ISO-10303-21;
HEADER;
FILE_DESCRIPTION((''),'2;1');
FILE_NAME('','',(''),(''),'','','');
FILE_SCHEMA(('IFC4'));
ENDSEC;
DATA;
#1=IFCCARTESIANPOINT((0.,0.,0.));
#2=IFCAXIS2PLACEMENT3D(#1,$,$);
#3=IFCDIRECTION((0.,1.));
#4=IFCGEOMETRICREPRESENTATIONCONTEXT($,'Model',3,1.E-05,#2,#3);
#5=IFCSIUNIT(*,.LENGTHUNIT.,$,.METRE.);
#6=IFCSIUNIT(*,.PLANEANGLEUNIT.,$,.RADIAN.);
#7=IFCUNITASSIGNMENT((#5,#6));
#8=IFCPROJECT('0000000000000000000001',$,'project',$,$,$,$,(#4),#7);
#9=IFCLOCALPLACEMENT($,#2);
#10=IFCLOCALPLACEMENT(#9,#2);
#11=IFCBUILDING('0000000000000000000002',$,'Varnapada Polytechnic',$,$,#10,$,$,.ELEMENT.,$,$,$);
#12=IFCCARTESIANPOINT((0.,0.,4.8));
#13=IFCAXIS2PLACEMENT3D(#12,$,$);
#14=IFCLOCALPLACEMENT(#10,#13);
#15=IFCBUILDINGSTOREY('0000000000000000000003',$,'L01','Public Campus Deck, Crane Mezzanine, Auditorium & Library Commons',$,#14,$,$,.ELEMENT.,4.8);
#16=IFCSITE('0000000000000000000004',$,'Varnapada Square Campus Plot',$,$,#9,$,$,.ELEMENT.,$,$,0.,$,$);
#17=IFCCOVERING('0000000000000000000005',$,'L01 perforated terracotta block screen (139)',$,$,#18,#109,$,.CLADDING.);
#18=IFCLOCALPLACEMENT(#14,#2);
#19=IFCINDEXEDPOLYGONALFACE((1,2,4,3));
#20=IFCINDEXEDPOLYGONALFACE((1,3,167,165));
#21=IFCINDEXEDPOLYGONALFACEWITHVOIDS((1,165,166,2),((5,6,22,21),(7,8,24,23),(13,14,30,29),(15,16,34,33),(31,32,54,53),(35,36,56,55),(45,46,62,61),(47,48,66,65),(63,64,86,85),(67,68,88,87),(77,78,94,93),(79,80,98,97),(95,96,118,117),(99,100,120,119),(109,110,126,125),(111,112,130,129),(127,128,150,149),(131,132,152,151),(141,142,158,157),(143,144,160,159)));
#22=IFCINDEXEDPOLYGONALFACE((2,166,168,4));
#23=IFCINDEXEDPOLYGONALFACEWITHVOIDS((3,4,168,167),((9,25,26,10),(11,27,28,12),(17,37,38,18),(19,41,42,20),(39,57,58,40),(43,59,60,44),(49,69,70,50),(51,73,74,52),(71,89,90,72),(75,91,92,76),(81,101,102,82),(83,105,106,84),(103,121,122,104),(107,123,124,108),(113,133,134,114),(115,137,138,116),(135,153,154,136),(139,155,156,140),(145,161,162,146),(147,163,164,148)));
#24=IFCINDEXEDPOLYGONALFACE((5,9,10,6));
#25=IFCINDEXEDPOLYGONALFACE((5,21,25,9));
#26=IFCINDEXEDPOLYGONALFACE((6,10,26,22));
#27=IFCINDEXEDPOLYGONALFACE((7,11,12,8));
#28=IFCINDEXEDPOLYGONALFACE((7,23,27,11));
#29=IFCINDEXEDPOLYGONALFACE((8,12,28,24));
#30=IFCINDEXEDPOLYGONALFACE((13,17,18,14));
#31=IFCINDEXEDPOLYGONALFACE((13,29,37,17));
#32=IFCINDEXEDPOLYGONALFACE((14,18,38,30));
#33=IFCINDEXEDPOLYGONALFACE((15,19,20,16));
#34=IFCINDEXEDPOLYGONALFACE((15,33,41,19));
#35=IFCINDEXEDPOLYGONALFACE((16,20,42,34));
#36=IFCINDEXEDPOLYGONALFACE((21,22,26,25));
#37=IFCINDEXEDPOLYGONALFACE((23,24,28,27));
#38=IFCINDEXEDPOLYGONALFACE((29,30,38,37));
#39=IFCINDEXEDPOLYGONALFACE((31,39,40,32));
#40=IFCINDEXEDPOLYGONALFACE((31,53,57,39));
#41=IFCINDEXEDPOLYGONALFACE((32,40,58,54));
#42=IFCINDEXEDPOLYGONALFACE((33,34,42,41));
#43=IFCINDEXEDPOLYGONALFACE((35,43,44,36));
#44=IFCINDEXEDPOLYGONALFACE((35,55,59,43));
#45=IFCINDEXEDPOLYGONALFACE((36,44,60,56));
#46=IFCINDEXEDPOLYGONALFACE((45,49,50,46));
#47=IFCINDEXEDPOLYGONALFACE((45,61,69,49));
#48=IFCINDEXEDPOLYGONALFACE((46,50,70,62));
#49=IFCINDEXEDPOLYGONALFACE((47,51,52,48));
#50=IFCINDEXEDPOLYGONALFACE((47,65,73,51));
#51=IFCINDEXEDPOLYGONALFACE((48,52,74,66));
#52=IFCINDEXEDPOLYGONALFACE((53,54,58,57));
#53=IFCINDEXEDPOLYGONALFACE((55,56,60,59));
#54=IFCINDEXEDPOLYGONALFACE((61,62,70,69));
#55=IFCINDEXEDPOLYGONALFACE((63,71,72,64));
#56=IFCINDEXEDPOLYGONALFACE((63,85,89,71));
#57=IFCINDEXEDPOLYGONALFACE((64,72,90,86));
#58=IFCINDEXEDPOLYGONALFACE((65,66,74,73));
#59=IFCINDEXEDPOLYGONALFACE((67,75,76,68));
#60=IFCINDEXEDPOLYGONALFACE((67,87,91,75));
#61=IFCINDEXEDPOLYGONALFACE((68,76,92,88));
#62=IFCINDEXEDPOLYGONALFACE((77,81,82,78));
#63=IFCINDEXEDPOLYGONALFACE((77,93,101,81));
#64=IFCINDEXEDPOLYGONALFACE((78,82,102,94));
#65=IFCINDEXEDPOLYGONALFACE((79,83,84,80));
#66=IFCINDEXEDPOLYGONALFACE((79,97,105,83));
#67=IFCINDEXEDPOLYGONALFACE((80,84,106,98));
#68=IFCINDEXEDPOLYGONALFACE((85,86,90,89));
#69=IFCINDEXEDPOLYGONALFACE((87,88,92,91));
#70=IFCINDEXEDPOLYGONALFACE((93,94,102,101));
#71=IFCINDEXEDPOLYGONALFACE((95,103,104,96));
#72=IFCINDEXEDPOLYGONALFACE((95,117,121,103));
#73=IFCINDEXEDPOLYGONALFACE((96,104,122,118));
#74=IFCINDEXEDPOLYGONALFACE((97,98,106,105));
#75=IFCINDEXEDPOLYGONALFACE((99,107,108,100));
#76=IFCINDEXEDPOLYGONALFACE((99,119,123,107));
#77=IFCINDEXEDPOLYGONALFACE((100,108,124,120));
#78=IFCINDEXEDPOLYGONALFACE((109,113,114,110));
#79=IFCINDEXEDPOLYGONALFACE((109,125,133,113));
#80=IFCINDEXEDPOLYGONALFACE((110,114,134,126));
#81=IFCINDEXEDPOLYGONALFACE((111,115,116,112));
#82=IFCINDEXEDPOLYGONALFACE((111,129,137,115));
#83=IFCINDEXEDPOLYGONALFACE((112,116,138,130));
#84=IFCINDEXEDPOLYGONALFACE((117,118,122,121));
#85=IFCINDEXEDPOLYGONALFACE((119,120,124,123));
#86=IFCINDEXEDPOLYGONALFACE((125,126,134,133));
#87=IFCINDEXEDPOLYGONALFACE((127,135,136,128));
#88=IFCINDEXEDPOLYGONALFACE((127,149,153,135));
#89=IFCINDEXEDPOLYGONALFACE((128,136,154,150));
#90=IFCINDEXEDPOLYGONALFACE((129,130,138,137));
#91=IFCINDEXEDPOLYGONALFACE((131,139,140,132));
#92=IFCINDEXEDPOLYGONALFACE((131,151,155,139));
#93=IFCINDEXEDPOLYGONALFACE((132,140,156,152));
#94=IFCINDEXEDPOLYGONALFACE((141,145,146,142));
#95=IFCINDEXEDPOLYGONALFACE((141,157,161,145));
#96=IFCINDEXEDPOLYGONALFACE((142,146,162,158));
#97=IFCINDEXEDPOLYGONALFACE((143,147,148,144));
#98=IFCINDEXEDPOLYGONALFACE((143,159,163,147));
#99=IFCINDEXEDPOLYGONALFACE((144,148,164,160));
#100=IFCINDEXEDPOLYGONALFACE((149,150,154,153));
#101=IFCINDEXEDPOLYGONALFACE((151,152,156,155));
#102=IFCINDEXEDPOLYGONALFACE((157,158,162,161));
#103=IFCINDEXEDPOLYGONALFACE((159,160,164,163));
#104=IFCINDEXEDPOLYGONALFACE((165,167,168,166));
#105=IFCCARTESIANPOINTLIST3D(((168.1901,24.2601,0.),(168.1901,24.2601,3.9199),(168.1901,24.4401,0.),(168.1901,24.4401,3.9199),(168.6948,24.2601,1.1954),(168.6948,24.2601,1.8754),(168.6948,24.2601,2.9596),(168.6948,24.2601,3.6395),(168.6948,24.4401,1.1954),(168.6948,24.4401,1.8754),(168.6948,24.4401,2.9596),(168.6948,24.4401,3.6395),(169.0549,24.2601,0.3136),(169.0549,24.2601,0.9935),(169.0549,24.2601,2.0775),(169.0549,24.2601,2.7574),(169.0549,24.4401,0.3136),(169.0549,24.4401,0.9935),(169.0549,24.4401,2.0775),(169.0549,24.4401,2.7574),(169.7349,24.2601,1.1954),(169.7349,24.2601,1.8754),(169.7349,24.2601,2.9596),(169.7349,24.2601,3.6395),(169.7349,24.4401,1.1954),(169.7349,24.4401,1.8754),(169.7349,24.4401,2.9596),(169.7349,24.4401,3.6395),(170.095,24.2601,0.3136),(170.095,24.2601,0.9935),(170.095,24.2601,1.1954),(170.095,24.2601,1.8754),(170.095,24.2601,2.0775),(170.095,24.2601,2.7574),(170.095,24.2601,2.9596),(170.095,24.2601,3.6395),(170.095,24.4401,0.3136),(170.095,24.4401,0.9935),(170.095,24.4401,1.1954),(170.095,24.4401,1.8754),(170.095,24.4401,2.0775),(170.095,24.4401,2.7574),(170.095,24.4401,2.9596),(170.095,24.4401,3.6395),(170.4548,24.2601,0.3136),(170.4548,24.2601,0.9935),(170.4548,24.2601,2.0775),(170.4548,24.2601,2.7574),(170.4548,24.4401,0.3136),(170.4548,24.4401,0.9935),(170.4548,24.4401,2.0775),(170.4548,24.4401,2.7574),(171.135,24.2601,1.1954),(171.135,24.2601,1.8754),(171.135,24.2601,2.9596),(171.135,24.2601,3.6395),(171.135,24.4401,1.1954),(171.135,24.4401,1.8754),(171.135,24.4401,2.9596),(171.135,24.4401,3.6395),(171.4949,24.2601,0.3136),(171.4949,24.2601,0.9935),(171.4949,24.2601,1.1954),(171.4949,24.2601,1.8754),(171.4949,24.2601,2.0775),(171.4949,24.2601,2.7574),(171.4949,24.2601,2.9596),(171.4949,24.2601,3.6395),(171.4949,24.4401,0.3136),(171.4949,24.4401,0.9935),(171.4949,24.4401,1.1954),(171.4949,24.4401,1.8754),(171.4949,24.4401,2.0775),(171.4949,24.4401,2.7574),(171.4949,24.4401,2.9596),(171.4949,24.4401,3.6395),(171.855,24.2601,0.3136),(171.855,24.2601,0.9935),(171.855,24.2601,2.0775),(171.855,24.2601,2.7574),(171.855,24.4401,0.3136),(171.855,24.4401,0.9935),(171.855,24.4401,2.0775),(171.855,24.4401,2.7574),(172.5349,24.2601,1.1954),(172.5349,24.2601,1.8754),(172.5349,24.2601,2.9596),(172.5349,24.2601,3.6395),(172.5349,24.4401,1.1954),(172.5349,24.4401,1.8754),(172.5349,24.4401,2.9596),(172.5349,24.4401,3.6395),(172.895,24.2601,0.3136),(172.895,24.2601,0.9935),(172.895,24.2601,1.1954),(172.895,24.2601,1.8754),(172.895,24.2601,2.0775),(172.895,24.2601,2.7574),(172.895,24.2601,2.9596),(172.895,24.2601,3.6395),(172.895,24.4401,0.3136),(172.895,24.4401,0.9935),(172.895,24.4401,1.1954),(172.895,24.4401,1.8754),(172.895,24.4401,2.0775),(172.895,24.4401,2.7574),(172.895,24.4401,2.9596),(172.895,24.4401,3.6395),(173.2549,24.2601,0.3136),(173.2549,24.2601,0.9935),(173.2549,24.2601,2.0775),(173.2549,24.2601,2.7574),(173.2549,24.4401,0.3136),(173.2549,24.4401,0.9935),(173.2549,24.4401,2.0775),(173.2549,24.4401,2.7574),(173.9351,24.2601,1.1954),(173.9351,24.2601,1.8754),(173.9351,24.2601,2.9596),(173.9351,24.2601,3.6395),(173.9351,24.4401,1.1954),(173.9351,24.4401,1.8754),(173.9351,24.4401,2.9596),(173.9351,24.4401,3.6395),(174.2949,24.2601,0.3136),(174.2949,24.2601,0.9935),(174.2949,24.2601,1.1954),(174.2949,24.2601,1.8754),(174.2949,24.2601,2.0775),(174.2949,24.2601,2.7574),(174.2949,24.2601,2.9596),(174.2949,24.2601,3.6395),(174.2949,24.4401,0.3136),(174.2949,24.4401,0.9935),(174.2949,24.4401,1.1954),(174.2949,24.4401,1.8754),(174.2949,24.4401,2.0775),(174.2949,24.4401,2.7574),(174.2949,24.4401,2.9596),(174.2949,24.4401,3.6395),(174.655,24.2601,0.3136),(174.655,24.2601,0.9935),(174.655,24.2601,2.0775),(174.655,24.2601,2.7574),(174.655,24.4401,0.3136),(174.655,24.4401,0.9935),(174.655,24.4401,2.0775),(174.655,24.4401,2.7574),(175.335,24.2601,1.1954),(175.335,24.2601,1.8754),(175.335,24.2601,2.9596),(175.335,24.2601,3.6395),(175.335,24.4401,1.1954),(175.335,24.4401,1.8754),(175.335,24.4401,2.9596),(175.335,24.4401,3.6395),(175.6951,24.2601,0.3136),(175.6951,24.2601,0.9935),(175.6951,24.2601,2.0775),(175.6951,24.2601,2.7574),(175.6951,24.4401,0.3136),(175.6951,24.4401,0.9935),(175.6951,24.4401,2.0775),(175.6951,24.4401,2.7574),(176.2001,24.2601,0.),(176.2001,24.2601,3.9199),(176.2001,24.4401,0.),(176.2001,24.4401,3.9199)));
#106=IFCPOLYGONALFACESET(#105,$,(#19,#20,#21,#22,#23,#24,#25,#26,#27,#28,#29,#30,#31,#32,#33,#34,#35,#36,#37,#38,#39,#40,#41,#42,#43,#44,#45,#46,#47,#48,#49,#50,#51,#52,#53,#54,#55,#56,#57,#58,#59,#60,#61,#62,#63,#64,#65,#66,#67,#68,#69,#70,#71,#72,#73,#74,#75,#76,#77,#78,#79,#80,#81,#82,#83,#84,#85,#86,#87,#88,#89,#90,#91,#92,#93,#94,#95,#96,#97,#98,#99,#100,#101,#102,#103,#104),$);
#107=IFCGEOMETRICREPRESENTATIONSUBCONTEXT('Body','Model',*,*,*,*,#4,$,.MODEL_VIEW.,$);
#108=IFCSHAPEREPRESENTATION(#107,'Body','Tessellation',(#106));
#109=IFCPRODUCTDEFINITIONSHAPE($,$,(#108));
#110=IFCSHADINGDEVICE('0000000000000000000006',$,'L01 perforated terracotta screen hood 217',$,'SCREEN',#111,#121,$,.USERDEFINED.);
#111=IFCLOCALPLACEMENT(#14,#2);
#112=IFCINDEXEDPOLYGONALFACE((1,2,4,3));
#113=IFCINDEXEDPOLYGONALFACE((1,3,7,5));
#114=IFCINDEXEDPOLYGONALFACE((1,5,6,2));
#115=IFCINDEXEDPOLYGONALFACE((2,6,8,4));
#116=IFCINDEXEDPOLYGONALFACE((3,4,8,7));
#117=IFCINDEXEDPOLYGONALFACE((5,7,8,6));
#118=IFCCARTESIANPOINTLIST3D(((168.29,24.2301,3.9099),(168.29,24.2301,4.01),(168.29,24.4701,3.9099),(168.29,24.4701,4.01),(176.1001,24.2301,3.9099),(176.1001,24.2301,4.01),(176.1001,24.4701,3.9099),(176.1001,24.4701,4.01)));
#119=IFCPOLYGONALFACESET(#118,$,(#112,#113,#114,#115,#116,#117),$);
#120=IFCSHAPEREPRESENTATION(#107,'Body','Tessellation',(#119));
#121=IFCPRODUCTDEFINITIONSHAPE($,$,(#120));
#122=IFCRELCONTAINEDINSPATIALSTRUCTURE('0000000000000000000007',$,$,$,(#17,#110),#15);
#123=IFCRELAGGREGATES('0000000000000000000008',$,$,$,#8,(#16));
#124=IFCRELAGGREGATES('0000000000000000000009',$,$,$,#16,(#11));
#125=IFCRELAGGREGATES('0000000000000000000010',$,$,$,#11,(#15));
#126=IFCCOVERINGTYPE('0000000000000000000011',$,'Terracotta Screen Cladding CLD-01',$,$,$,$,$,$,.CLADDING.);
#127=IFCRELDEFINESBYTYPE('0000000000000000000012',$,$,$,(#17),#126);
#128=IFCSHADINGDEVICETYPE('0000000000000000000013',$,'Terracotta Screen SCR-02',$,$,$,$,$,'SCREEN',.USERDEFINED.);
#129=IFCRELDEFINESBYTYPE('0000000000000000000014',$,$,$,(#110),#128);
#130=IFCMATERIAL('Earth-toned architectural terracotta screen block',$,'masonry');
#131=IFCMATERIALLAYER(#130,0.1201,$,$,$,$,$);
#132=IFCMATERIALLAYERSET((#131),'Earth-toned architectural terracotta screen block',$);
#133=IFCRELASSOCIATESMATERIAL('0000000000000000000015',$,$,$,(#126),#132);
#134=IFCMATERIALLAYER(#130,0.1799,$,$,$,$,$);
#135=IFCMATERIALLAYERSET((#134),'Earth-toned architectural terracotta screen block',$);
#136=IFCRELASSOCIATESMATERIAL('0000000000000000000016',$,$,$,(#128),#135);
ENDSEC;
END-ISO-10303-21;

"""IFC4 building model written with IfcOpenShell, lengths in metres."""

from ifc_helpers import new_model, si_unit, direction, frame, frame_2d, origin, origin_2d, place, context, subcontext, project, spatial, rectangle, extrude, material, layer, layer_set, type_object, element, save


model = new_model("IFC4")

# Units and contexts
model_context = context("Model", 3, precision=1e-05, world=origin(), true_north=direction((0.0, 1.0)))
body_context = subcontext(model_context, "Body", "Model", "MODEL_VIEW")
ifc_project = project(units=[si_unit("LENGTHUNIT", "METRE"), si_unit("PLANEANGLEUNIT", "RADIAN")], contexts=[model_context])

# Site, building, storey
site_placement = place(None, origin())
site = spatial("IfcSite", under=ifc_project, at=site_placement, Name="Varnapada Square Campus Plot", CompositionType="ELEMENT", RefElevation=0.0)
building_placement = place(site_placement, origin())
building = spatial("IfcBuilding", under=site, at=building_placement, Name="Varnapada Polytechnic", CompositionType="ELEMENT")
storey_placement = place(building_placement, frame((0.0, 0.0, 4.8)))
storey = spatial("IfcBuildingStorey", under=building, at=storey_placement, Name="L01", Description="Public Campus Deck, Crane Mezzanine, Auditorium & Library Commons", CompositionType="ELEMENT", Elevation=4.8)

# Covering, openings
ifc_material_1 = material(Name="Earth-toned architectural terracotta screen block", Category="masonry")
ifc_layer_1 = layer(ifc_material_1, 0.1201)
ifc_layer_set_1 = layer_set([ifc_layer_1], Name="Earth-toned architectural terracotta screen block")
covering_type = type_object("IfcCoveringType", Name="Terracotta Screen Cladding CLD-01", PredefinedType="CLADDING", material=ifc_layer_set_1)
covering_placement = place(storey_placement, frame((176.2, 24.3501, 0.0), z_axis=(0.0, 0.0, 1.0), x_axis=(-1.0, 0.0, 0.0)))
covering = element("IfcCovering", 1, at=covering_placement, inside=storey, type_object=covering_type, Name="L01 perforated terracotta block screen (139)", PredefinedType="CLADDING", context=body_context, shape_type="SweptSolid", body=[
    extrude(rectangle(XDim=8.01, YDim=0.1799, at=frame_2d((4.0049, 0.0))), origin(), (0.0, 0.0, 1.0), 3.9199),
])
opening_1_placement = place(covering_placement, frame((0.5049, 0.0, 0.3137)))
element("IfcOpeningElement", 2, at=opening_1_placement, cuts=covering, PredefinedType="OPENING", context=body_context, shape_type="SweptSolid", body=[
    extrude(rectangle(XDim=1.04, YDim=0.6799, at=frame_2d((0.52, 0.3398))), frame((0.0, 0.0999, 0.0), z_axis=(0.0, -1.0, 0.0), x_axis=(1.0, 0.0, 0.0)), (0.0, 0.0, 1.0), 0.2),
])
opening_2_placement = place(covering_placement, frame((1.905, 0.0, 0.3137)))
element("IfcOpeningElement", 3, at=opening_2_placement, cuts=covering, PredefinedType="OPENING", context=body_context, shape_type="SweptSolid", body=[
    extrude(rectangle(XDim=1.04, YDim=0.6799, at=frame_2d((0.52, 0.3398))), frame((0.0, 0.0999, 0.0), z_axis=(0.0, -1.0, 0.0), x_axis=(1.0, 0.0, 0.0)), (0.0, 0.0, 1.0), 0.2),
])
opening_3_placement = place(covering_placement, frame((3.3049, 0.0, 0.3137)))
element("IfcOpeningElement", 4, at=opening_3_placement, cuts=covering, PredefinedType="OPENING", context=body_context, shape_type="SweptSolid", body=[
    extrude(rectangle(XDim=1.04, YDim=0.6799, at=frame_2d((0.52, 0.3398))), frame((0.0, 0.0999, 0.0), z_axis=(0.0, -1.0, 0.0), x_axis=(1.0, 0.0, 0.0)), (0.0, 0.0, 1.0), 0.2),
])
opening_4_placement = place(covering_placement, frame((4.7051, 0.0, 0.3137)))
element("IfcOpeningElement", 5, at=opening_4_placement, cuts=covering, PredefinedType="OPENING", context=body_context, shape_type="SweptSolid", body=[
    extrude(rectangle(XDim=1.04, YDim=0.6799, at=frame_2d((0.52, 0.3398))), frame((0.0, 0.0999, 0.0), z_axis=(0.0, -1.0, 0.0), x_axis=(1.0, 0.0, 0.0)), (0.0, 0.0, 1.0), 0.2),
])
opening_5_placement = place(covering_placement, frame((6.105, 0.0, 0.3137)))
element("IfcOpeningElement", 6, at=opening_5_placement, cuts=covering, PredefinedType="OPENING", context=body_context, shape_type="SweptSolid", body=[
    extrude(rectangle(XDim=1.04, YDim=0.6799, at=frame_2d((0.52, 0.3398))), frame((0.0, 0.0999, 0.0), z_axis=(0.0, -1.0, 0.0), x_axis=(1.0, 0.0, 0.0)), (0.0, 0.0, 1.0), 0.2),
])
opening_6_placement = place(covering_placement, frame((0.865, 0.0, 1.1956)))
element("IfcOpeningElement", 7, at=opening_6_placement, cuts=covering, PredefinedType="OPENING", context=body_context, shape_type="SweptSolid", body=[
    extrude(rectangle(XDim=1.04, YDim=0.6799, at=frame_2d((0.52, 0.3398))), frame((0.0, 0.0999, 0.0), z_axis=(0.0, -1.0, 0.0), x_axis=(1.0, 0.0, 0.0)), (0.0, 0.0, 1.0), 0.2),
])
opening_7_placement = place(covering_placement, frame((2.2649, 0.0, 1.1956)))
element("IfcOpeningElement", 8, at=opening_7_placement, cuts=covering, PredefinedType="OPENING", context=body_context, shape_type="SweptSolid", body=[
    extrude(rectangle(XDim=1.04, YDim=0.6799, at=frame_2d((0.52, 0.3398))), frame((0.0, 0.0999, 0.0), z_axis=(0.0, -1.0, 0.0), x_axis=(1.0, 0.0, 0.0)), (0.0, 0.0, 1.0), 0.2),
])
opening_8_placement = place(covering_placement, frame((3.665, 0.0, 1.1956)))
element("IfcOpeningElement", 9, at=opening_8_placement, cuts=covering, PredefinedType="OPENING", context=body_context, shape_type="SweptSolid", body=[
    extrude(rectangle(XDim=1.04, YDim=0.6799, at=frame_2d((0.52, 0.3398))), frame((0.0, 0.0999, 0.0), z_axis=(0.0, -1.0, 0.0), x_axis=(1.0, 0.0, 0.0)), (0.0, 0.0, 1.0), 0.2),
])
opening_9_placement = place(covering_placement, frame((5.0649, 0.0, 1.1956)))
element("IfcOpeningElement", 10, at=opening_9_placement, cuts=covering, PredefinedType="OPENING", context=body_context, shape_type="SweptSolid", body=[
    extrude(rectangle(XDim=1.04, YDim=0.6799, at=frame_2d((0.52, 0.3398))), frame((0.0, 0.0999, 0.0), z_axis=(0.0, -1.0, 0.0), x_axis=(1.0, 0.0, 0.0)), (0.0, 0.0, 1.0), 0.2),
])
opening_10_placement = place(covering_placement, frame((6.4651, 0.0, 1.1956)))
element("IfcOpeningElement", 11, at=opening_10_placement, cuts=covering, PredefinedType="OPENING", context=body_context, shape_type="SweptSolid", body=[
    extrude(rectangle(XDim=1.04, YDim=0.6799, at=frame_2d((0.52, 0.3398))), frame((0.0, 0.0999, 0.0), z_axis=(0.0, -1.0, 0.0), x_axis=(1.0, 0.0, 0.0)), (0.0, 0.0, 1.0), 0.2),
])
opening_11_placement = place(covering_placement, frame((0.5049, 0.0, 2.0776)))
element("IfcOpeningElement", 12, at=opening_11_placement, cuts=covering, PredefinedType="OPENING", context=body_context, shape_type="SweptSolid", body=[
    extrude(rectangle(XDim=1.04, YDim=0.6799, at=frame_2d((0.52, 0.3398))), frame((0.0, 0.0999, 0.0), z_axis=(0.0, -1.0, 0.0), x_axis=(1.0, 0.0, 0.0)), (0.0, 0.0, 1.0), 0.2),
])
opening_12_placement = place(covering_placement, frame((1.905, 0.0, 2.0776)))
element("IfcOpeningElement", 13, at=opening_12_placement, cuts=covering, PredefinedType="OPENING", context=body_context, shape_type="SweptSolid", body=[
    extrude(rectangle(XDim=1.04, YDim=0.6799, at=frame_2d((0.52, 0.3398))), frame((0.0, 0.0999, 0.0), z_axis=(0.0, -1.0, 0.0), x_axis=(1.0, 0.0, 0.0)), (0.0, 0.0, 1.0), 0.2),
])
opening_13_placement = place(covering_placement, frame((3.3049, 0.0, 2.0776)))
element("IfcOpeningElement", 14, at=opening_13_placement, cuts=covering, PredefinedType="OPENING", context=body_context, shape_type="SweptSolid", body=[
    extrude(rectangle(XDim=1.04, YDim=0.6799, at=frame_2d((0.52, 0.3398))), frame((0.0, 0.0999, 0.0), z_axis=(0.0, -1.0, 0.0), x_axis=(1.0, 0.0, 0.0)), (0.0, 0.0, 1.0), 0.2),
])
opening_14_placement = place(covering_placement, frame((4.7051, 0.0, 2.0776)))
element("IfcOpeningElement", 15, at=opening_14_placement, cuts=covering, PredefinedType="OPENING", context=body_context, shape_type="SweptSolid", body=[
    extrude(rectangle(XDim=1.04, YDim=0.6799, at=frame_2d((0.52, 0.3398))), frame((0.0, 0.0999, 0.0), z_axis=(0.0, -1.0, 0.0), x_axis=(1.0, 0.0, 0.0)), (0.0, 0.0, 1.0), 0.2),
])
opening_15_placement = place(covering_placement, frame((6.105, 0.0, 2.0776)))
element("IfcOpeningElement", 16, at=opening_15_placement, cuts=covering, PredefinedType="OPENING", context=body_context, shape_type="SweptSolid", body=[
    extrude(rectangle(XDim=1.04, YDim=0.6799, at=frame_2d((0.52, 0.3398))), frame((0.0, 0.0999, 0.0), z_axis=(0.0, -1.0, 0.0), x_axis=(1.0, 0.0, 0.0)), (0.0, 0.0, 1.0), 0.2),
])
opening_16_placement = place(covering_placement, frame((0.865, 0.0, 2.9597)))
element("IfcOpeningElement", 17, at=opening_16_placement, cuts=covering, PredefinedType="OPENING", context=body_context, shape_type="SweptSolid", body=[
    extrude(rectangle(XDim=1.04, YDim=0.6799, at=frame_2d((0.52, 0.3398))), frame((0.0, 0.0999, 0.0), z_axis=(0.0, -1.0, 0.0), x_axis=(1.0, 0.0, 0.0)), (0.0, 0.0, 1.0), 0.2),
])
opening_17_placement = place(covering_placement, frame((2.2649, 0.0, 2.9597)))
element("IfcOpeningElement", 18, at=opening_17_placement, cuts=covering, PredefinedType="OPENING", context=body_context, shape_type="SweptSolid", body=[
    extrude(rectangle(XDim=1.04, YDim=0.6799, at=frame_2d((0.52, 0.3398))), frame((0.0, 0.0999, 0.0), z_axis=(0.0, -1.0, 0.0), x_axis=(1.0, 0.0, 0.0)), (0.0, 0.0, 1.0), 0.2),
])
opening_18_placement = place(covering_placement, frame((3.665, 0.0, 2.9597)))
element("IfcOpeningElement", 19, at=opening_18_placement, cuts=covering, PredefinedType="OPENING", context=body_context, shape_type="SweptSolid", body=[
    extrude(rectangle(XDim=1.04, YDim=0.6799, at=frame_2d((0.52, 0.3398))), frame((0.0, 0.0999, 0.0), z_axis=(0.0, -1.0, 0.0), x_axis=(1.0, 0.0, 0.0)), (0.0, 0.0, 1.0), 0.2),
])
opening_19_placement = place(covering_placement, frame((5.0649, 0.0, 2.9597)))
element("IfcOpeningElement", 20, at=opening_19_placement, cuts=covering, PredefinedType="OPENING", context=body_context, shape_type="SweptSolid", body=[
    extrude(rectangle(XDim=1.04, YDim=0.6799, at=frame_2d((0.52, 0.3398))), frame((0.0, 0.0999, 0.0), z_axis=(0.0, -1.0, 0.0), x_axis=(1.0, 0.0, 0.0)), (0.0, 0.0, 1.0), 0.2),
])
opening_20_placement = place(covering_placement, frame((6.4651, 0.0, 2.9597)))
element("IfcOpeningElement", 21, at=opening_20_placement, cuts=covering, PredefinedType="OPENING", context=body_context, shape_type="SweptSolid", body=[
    extrude(rectangle(XDim=1.04, YDim=0.6799, at=frame_2d((0.52, 0.3398))), frame((0.0, 0.0999, 0.0), z_axis=(0.0, -1.0, 0.0), x_axis=(1.0, 0.0, 0.0)), (0.0, 0.0, 1.0), 0.2),
])

# Shading device
ifc_layer_2 = layer(ifc_material_1, 0.1799)
ifc_layer_set_2 = layer_set([ifc_layer_2], Name="Earth-toned architectural terracotta screen block")
shading_device_type = type_object("IfcShadingDeviceType", Name="Terracotta Screen SCR-02", ElementType="SCREEN", PredefinedType="USERDEFINED", material=ifc_layer_set_2)
shading_device_placement = place(storey_placement, frame((172.1951, 24.3501, 3.9099), z_axis=(0.0, 0.0, 1.0), x_axis=(-1.0, 0.0, 0.0)))
element("IfcShadingDevice", 22, at=shading_device_placement, inside=storey, type_object=shading_device_type, Name="L01 perforated terracotta screen hood 217", ObjectType="SCREEN", PredefinedType="USERDEFINED", context=body_context, shape_type="SweptSolid", body=[
    extrude(rectangle(XDim=7.8101, YDim=0.24, at=origin_2d()), origin(), (0.0, 0.0, 1.0), 0.1001),
])

save(model, "model.ifc")
